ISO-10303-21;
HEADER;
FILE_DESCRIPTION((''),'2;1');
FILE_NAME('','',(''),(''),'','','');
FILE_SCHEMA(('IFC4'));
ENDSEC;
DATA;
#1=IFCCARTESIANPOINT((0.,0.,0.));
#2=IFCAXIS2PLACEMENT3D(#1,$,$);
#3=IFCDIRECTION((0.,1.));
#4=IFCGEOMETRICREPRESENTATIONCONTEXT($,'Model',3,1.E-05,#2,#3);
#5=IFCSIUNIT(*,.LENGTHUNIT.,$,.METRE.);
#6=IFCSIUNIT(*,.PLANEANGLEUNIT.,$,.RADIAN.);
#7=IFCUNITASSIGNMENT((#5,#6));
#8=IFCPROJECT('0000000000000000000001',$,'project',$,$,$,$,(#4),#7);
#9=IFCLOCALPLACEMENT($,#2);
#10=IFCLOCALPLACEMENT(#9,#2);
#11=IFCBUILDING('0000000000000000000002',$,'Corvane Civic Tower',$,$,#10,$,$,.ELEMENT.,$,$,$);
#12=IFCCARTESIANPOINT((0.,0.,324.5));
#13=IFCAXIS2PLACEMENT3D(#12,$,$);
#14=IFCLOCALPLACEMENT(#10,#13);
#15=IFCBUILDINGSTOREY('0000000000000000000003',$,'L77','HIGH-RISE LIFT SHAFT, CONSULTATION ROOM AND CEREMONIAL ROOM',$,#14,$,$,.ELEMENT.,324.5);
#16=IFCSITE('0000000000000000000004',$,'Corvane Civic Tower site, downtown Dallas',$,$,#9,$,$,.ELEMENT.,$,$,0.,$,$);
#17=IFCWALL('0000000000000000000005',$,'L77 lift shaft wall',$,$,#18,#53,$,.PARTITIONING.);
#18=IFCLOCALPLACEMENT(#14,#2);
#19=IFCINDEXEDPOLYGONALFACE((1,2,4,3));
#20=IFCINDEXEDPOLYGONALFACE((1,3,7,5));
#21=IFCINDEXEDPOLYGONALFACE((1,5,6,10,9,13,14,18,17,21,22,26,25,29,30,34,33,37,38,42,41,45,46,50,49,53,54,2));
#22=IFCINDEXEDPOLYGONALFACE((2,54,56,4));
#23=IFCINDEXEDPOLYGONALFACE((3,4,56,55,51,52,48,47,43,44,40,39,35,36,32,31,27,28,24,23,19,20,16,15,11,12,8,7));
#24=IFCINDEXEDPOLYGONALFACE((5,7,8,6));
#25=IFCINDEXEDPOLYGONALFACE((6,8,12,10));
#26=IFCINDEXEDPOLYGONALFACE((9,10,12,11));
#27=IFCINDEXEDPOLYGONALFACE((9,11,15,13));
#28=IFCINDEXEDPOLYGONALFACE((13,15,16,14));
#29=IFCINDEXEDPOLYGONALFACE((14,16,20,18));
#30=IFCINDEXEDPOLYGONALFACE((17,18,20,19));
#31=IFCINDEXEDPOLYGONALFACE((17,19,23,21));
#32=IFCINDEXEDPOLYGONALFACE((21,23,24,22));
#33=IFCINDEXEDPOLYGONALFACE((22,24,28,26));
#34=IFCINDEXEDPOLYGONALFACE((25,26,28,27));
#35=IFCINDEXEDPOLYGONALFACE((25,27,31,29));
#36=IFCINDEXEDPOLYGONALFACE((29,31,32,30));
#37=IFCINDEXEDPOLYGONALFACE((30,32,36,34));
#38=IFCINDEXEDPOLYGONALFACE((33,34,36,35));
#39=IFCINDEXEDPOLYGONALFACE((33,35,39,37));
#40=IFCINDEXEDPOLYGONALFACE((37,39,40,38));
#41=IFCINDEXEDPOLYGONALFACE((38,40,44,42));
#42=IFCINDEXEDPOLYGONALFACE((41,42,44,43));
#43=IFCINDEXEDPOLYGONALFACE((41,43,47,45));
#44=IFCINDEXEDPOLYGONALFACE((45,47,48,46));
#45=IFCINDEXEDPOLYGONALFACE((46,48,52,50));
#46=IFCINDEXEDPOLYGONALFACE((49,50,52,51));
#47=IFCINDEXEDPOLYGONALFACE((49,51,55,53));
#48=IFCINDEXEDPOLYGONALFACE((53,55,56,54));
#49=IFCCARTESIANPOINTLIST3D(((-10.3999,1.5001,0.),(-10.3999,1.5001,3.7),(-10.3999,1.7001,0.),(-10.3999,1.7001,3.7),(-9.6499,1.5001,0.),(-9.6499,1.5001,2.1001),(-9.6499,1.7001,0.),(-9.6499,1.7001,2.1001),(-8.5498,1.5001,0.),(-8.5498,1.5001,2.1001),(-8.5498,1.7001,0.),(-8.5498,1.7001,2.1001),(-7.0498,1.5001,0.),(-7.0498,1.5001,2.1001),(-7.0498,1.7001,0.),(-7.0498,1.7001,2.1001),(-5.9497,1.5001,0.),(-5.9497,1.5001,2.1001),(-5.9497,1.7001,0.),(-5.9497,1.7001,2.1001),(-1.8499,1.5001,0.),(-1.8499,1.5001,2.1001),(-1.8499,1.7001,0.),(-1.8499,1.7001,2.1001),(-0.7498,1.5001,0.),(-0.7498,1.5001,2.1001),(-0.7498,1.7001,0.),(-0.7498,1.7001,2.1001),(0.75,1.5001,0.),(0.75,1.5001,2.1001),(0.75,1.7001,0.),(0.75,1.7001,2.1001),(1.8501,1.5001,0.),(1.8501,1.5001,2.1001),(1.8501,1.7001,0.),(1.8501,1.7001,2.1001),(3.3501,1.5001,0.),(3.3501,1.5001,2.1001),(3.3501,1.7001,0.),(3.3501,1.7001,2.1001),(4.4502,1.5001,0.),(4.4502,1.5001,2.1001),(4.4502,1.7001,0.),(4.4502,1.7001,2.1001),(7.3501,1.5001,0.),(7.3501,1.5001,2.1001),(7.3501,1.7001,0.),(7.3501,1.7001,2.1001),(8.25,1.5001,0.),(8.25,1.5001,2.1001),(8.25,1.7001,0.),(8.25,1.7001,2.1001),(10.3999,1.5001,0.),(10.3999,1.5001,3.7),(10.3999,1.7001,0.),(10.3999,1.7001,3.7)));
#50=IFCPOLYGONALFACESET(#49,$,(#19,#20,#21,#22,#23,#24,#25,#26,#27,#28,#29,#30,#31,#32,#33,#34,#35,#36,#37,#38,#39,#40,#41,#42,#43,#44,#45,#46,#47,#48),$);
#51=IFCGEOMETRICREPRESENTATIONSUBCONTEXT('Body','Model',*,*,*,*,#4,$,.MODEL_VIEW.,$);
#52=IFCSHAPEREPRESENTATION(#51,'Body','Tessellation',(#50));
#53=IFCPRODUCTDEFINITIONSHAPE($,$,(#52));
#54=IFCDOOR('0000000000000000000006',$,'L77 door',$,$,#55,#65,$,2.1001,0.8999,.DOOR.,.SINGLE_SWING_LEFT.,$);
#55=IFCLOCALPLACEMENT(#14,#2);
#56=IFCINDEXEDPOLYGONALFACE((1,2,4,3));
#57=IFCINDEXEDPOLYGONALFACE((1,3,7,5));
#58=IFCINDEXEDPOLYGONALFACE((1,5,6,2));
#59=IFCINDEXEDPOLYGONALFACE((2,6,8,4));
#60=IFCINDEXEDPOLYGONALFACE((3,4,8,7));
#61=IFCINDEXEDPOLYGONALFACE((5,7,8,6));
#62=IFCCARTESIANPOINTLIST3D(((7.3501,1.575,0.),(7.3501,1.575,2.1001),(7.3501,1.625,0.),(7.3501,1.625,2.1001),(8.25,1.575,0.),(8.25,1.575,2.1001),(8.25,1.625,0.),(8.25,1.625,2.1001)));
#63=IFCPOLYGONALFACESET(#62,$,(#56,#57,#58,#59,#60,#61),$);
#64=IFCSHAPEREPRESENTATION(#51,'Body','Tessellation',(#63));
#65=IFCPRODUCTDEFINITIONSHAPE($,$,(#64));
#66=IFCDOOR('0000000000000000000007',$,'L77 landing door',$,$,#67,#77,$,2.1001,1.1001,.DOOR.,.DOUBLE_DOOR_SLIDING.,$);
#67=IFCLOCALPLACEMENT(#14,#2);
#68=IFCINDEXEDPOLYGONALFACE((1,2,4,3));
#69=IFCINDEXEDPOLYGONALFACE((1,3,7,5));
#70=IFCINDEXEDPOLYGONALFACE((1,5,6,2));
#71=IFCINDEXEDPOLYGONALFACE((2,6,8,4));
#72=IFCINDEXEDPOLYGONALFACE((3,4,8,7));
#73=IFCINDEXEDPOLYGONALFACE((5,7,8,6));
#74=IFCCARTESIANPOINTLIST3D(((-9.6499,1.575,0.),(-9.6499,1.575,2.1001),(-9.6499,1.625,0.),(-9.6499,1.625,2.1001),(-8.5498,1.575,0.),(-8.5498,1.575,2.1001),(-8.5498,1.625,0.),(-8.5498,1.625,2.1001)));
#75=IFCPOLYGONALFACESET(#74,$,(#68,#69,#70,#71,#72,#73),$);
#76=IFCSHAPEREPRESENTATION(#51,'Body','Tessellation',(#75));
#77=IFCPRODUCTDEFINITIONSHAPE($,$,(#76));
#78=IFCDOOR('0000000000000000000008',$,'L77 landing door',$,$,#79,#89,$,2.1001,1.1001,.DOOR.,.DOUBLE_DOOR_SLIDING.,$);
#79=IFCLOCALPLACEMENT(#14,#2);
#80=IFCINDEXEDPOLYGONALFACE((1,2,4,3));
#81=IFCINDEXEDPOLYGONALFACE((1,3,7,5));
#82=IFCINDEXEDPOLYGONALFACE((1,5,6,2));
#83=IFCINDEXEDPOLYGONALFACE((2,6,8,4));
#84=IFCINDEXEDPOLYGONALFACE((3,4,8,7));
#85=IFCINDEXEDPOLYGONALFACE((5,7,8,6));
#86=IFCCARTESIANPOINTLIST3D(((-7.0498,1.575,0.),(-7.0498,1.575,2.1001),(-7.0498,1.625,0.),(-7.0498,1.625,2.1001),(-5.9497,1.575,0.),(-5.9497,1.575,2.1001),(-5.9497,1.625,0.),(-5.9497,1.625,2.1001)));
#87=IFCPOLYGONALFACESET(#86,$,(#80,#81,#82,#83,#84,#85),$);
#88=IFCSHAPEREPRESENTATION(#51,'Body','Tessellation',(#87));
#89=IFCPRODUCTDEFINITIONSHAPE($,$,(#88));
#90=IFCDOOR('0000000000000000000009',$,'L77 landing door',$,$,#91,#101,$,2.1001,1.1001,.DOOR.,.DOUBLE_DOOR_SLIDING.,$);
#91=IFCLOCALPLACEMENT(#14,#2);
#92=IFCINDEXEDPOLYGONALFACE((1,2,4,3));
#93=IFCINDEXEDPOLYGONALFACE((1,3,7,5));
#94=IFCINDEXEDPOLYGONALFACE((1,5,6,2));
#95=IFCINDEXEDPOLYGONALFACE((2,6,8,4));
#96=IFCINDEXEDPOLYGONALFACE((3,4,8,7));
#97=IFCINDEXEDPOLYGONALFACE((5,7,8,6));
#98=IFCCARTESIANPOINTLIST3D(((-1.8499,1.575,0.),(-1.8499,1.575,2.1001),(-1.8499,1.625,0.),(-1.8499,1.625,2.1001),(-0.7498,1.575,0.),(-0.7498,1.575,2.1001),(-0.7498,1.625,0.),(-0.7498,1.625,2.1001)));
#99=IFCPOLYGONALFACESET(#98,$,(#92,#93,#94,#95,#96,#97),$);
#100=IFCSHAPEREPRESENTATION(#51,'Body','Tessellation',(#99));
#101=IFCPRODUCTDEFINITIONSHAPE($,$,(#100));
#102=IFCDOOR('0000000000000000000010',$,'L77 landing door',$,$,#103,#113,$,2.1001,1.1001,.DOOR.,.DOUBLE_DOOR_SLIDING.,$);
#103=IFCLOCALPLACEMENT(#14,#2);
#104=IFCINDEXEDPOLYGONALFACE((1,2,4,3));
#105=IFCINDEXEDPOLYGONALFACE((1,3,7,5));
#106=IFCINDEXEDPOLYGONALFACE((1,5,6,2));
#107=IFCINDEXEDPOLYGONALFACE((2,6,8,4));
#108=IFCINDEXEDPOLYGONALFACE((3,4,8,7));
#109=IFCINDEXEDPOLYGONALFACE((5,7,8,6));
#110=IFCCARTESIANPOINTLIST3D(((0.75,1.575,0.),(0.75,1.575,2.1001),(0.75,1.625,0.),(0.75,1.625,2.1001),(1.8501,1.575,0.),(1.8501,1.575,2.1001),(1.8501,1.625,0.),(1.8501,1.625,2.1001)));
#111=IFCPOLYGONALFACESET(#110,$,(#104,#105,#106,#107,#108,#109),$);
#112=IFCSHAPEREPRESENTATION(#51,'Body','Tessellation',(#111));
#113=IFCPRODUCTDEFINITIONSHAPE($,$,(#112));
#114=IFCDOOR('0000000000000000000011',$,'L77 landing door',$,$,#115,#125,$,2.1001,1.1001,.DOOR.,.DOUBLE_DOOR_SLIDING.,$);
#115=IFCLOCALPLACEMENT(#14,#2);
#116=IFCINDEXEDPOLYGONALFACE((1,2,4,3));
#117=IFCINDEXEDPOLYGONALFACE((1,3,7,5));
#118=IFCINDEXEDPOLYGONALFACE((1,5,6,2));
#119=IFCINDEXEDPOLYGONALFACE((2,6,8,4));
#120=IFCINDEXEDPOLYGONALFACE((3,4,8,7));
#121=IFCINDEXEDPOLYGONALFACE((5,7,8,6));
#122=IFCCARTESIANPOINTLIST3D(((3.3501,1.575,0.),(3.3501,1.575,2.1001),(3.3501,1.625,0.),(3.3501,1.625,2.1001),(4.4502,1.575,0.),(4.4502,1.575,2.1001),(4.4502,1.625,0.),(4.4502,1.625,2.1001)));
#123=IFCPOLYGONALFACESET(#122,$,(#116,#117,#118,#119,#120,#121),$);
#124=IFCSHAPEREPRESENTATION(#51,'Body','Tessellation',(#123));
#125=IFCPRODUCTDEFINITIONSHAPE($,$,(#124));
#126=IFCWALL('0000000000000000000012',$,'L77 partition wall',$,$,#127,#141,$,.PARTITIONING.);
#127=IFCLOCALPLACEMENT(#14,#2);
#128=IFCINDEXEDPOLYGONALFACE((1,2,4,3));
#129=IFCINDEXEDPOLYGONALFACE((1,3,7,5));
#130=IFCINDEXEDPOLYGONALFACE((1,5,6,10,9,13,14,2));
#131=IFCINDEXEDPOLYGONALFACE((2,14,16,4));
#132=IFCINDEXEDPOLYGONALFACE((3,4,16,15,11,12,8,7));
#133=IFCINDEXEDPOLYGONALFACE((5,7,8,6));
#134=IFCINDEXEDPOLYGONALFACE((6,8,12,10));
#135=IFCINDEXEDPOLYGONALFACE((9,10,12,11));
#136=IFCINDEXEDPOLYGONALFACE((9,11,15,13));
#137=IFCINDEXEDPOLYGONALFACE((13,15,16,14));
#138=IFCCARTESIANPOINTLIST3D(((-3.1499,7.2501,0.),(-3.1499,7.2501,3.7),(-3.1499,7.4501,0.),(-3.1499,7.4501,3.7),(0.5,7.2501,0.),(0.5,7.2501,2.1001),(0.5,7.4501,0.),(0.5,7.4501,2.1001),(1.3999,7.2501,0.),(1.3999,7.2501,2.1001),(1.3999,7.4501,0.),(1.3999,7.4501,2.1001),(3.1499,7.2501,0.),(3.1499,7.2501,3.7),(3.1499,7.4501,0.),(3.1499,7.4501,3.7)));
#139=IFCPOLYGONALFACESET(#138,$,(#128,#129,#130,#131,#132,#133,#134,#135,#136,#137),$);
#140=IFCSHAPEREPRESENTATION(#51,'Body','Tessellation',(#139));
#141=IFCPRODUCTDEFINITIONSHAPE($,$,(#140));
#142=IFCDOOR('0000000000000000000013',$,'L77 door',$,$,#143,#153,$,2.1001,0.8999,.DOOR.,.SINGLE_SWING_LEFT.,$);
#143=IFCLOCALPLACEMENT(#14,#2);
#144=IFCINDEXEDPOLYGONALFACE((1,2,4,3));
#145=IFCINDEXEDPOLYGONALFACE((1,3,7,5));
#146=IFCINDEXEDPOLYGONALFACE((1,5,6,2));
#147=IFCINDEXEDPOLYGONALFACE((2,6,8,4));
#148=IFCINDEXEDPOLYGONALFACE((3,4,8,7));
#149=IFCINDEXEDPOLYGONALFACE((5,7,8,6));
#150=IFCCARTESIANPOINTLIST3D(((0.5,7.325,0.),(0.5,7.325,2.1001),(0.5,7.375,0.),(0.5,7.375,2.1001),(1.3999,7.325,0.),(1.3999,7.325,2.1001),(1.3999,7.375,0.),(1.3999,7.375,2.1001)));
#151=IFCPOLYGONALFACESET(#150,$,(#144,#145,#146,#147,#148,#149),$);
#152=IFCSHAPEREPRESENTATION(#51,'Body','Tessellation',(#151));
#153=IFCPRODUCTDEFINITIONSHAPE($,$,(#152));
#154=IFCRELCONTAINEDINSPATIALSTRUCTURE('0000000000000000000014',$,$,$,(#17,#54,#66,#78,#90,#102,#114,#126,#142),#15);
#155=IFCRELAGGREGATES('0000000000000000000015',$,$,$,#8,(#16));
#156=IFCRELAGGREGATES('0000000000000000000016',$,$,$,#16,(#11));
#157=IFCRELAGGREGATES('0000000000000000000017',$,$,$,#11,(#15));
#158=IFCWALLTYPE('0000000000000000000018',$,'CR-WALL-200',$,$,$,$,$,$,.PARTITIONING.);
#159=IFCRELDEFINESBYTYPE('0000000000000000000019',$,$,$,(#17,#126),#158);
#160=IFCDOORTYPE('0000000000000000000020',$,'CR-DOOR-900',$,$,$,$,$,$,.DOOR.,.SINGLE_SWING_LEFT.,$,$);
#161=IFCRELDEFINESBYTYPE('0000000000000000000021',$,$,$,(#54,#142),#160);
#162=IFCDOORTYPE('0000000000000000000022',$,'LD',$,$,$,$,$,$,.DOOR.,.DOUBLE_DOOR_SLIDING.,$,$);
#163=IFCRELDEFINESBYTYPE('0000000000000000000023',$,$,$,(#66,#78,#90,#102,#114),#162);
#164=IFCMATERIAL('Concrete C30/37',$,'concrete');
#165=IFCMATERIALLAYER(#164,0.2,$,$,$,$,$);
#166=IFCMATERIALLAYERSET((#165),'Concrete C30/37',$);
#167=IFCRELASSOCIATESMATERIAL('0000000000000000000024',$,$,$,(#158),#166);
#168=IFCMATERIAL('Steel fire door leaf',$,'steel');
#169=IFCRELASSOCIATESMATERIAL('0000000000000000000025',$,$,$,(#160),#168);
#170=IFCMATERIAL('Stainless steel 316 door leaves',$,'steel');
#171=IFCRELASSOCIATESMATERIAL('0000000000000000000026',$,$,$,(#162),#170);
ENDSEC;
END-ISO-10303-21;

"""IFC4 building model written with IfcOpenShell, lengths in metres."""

from ifc_helpers import new_model, si_unit, direction, frame, frame_2d, origin, place, context, subcontext, project, spatial, rectangle, extrude, material, layer, layer_set, type_object, element, fill, save


model = new_model("IFC4")

# Units and contexts
model_context = context("Model", 3, precision=1e-05, world=origin(), true_north=direction((0.0, 1.0)))
body_context = subcontext(model_context, "Body", "Model", "MODEL_VIEW")
ifc_project = project(units=[si_unit("LENGTHUNIT", "METRE"), si_unit("PLANEANGLEUNIT", "RADIAN")], contexts=[model_context])

# Site, building, storey
site_placement = place(None, origin())
site = spatial("IfcSite", under=ifc_project, at=site_placement, Name="Corvane Civic Tower site, downtown Dallas", CompositionType="ELEMENT", RefElevation=0.0)
building_placement = place(site_placement, origin())
building = spatial("IfcBuilding", under=site, at=building_placement, Name="Corvane Civic Tower", CompositionType="ELEMENT")
storey_placement = place(building_placement, frame((0.0, 0.0, 324.5)))
storey = spatial("IfcBuildingStorey", under=building, at=storey_placement, Name="L77", Description="HIGH-RISE LIFT SHAFT, CONSULTATION ROOM AND CEREMONIAL ROOM", CompositionType="ELEMENT", Elevation=324.5)

# Wall, openings, doors
ifc_material_1 = material(Name="Concrete C30/37", Category="concrete")
ifc_layer_1 = layer(ifc_material_1, 0.2)
ifc_layer_set_1 = layer_set([ifc_layer_1], Name="Concrete C30/37")
wall_type_1 = type_object("IfcWallType", Name="CR-WALL-200", PredefinedType="PARTITIONING", material=ifc_layer_set_1)
wall_1_placement = place(storey_placement, frame((-10.3999, 1.6001, 0.0), z_axis=(0.0, 0.0, 1.0), x_axis=(1.0, 0.0, 0.0)))
wall_1 = element("IfcWall", 1, at=wall_1_placement, inside=storey, type_object=wall_type_1, Name="L77 lift shaft wall", PredefinedType="PARTITIONING", context=body_context, shape_type="SweptSolid", body=[
    extrude(rectangle(XDim=20.7998, YDim=0.2, at=frame_2d((10.3999, 0.0))), origin(), (0.0, 0.0, 1.0), 3.7),
])
opening_1_placement = place(wall_1_placement, frame((0.75, 0.0, 0.0)))
opening_1 = element("IfcOpeningElement", 2, at=opening_1_placement, cuts=wall_1, PredefinedType="OPENING", context=body_context, shape_type="SweptSolid", body=[
    extrude(rectangle(XDim=1.1001, YDim=2.1001, at=frame_2d((0.55, 1.05))), frame((0.0, 0.1099, 0.0), z_axis=(0.0, -1.0, 0.0), x_axis=(1.0, 0.0, 0.0)), (0.0, 0.0, 1.0), 0.22),
])
opening_2_placement = place(wall_1_placement, frame((3.3501, 0.0, 0.0)))
opening_2 = element("IfcOpeningElement", 3, at=opening_2_placement, cuts=wall_1, PredefinedType="OPENING", context=body_context, shape_type="SweptSolid", body=[
    extrude(rectangle(XDim=1.1001, YDim=2.1001, at=frame_2d((0.55, 1.05))), frame((0.0, 0.1099, 0.0), z_axis=(0.0, -1.0, 0.0), x_axis=(1.0, 0.0, 0.0)), (0.0, 0.0, 1.0), 0.22),
])
opening_3_placement = place(wall_1_placement, frame((8.55, 0.0, 0.0)))
opening_3 = element("IfcOpeningElement", 4, at=opening_3_placement, cuts=wall_1, PredefinedType="OPENING", context=body_context, shape_type="SweptSolid", body=[
    extrude(rectangle(XDim=1.1001, YDim=2.1001, at=frame_2d((0.55, 1.05))), frame((0.0, 0.1099, 0.0), z_axis=(0.0, -1.0, 0.0), x_axis=(1.0, 0.0, 0.0)), (0.0, 0.0, 1.0), 0.22),
])
opening_4_placement = place(wall_1_placement, frame((11.1499, 0.0, 0.0)))
opening_4 = element("IfcOpeningElement", 5, at=opening_4_placement, cuts=wall_1, PredefinedType="OPENING", context=body_context, shape_type="SweptSolid", body=[
    extrude(rectangle(XDim=1.1001, YDim=2.1001, at=frame_2d((0.55, 1.05))), frame((0.0, 0.1099, 0.0), z_axis=(0.0, -1.0, 0.0), x_axis=(1.0, 0.0, 0.0)), (0.0, 0.0, 1.0), 0.22),
])
opening_5_placement = place(wall_1_placement, frame((13.75, 0.0, 0.0)))
opening_5 = element("IfcOpeningElement", 6, at=opening_5_placement, cuts=wall_1, PredefinedType="OPENING", context=body_context, shape_type="SweptSolid", body=[
    extrude(rectangle(XDim=1.1001, YDim=2.1001, at=frame_2d((0.55, 1.05))), frame((0.0, 0.1099, 0.0), z_axis=(0.0, -1.0, 0.0), x_axis=(1.0, 0.0, 0.0)), (0.0, 0.0, 1.0), 0.22),
])
opening_6_placement = place(wall_1_placement, frame((17.75, 0.0, 0.0)))
opening_6 = element("IfcOpeningElement", 7, at=opening_6_placement, cuts=wall_1, PredefinedType="OPENING", context=body_context, shape_type="SweptSolid", body=[
    extrude(rectangle(XDim=0.8999, YDim=2.1001, at=frame_2d((0.45, 1.05))), frame((0.0, 0.1099, 0.0), z_axis=(0.0, -1.0, 0.0), x_axis=(1.0, 0.0, 0.0)), (0.0, 0.0, 1.0), 0.22),
])
ifc_material_2 = material(Name="Steel fire door leaf", Category="steel")
door_type_1 = type_object("IfcDoorType", Name="CR-DOOR-900", OperationType="SINGLE_SWING_LEFT", PredefinedType="DOOR", material=ifc_material_2)
door_1_placement = place(opening_6_placement, origin())
door_1 = element("IfcDoor", 8, at=door_1_placement, inside=storey, type_object=door_type_1, Name="L77 door", OperationType="SINGLE_SWING_LEFT", OverallHeight=2.1001, OverallWidth=0.8999, PredefinedType="DOOR", context=body_context, shape_type="SweptSolid", body=[
    extrude(rectangle(XDim=0.8999, YDim=2.1001, at=frame_2d((0.45, 1.05))), frame((0.0, 0.0249, 0.0), z_axis=(0.0, -1.0, 0.0), x_axis=(1.0, 0.0, 0.0)), (0.0, 0.0, 1.0), 0.05),
])
fill(opening_6, door_1)
ifc_material_3 = material(Name="Stainless steel 316 door leaves", Category="steel")
door_type_2 = type_object("IfcDoorType", Name="LD", OperationType="DOUBLE_DOOR_SLIDING", PredefinedType="DOOR", material=ifc_material_3)
door_2_placement = place(opening_1_placement, origin())
door_2 = element("IfcDoor", 9, at=door_2_placement, inside=storey, type_object=door_type_2, Name="L77 landing door", OperationType="DOUBLE_DOOR_SLIDING", OverallHeight=2.1001, OverallWidth=1.1001, PredefinedType="DOOR", context=body_context, shape_type="SweptSolid", body=[
    extrude(rectangle(XDim=1.1001, YDim=2.1001, at=frame_2d((0.55, 1.05))), frame((0.0, 0.0249, 0.0), z_axis=(0.0, -1.0, 0.0), x_axis=(1.0, 0.0, 0.0)), (0.0, 0.0, 1.0), 0.05),
])
fill(opening_1, door_2)
door_3_placement = place(opening_2_placement, origin())
door_3 = element("IfcDoor", 10, at=door_3_placement, inside=storey, type_object=door_type_2, Name="L77 landing door", OperationType="DOUBLE_DOOR_SLIDING", OverallHeight=2.1001, OverallWidth=1.1001, PredefinedType="DOOR", context=body_context, shape_type="SweptSolid", body=[
    extrude(rectangle(XDim=1.1001, YDim=2.1001, at=frame_2d((0.55, 1.05))), frame((0.0, 0.0249, 0.0), z_axis=(0.0, -1.0, 0.0), x_axis=(1.0, 0.0, 0.0)), (0.0, 0.0, 1.0), 0.05),
])
fill(opening_2, door_3)
door_4_placement = place(opening_3_placement, origin())
door_4 = element("IfcDoor", 11, at=door_4_placement, inside=storey, type_object=door_type_2, Name="L77 landing door", OperationType="DOUBLE_DOOR_SLIDING", OverallHeight=2.1001, OverallWidth=1.1001, PredefinedType="DOOR", context=body_context, shape_type="SweptSolid", body=[
    extrude(rectangle(XDim=1.1001, YDim=2.1001, at=frame_2d((0.55, 1.05))), frame((0.0, 0.0249, 0.0), z_axis=(0.0, -1.0, 0.0), x_axis=(1.0, 0.0, 0.0)), (0.0, 0.0, 1.0), 0.05),
])
fill(opening_3, door_4)
door_5_placement = place(opening_4_placement, origin())
door_5 = element("IfcDoor", 12, at=door_5_placement, inside=storey, type_object=door_type_2, Name="L77 landing door", OperationType="DOUBLE_DOOR_SLIDING", OverallHeight=2.1001, OverallWidth=1.1001, PredefinedType="DOOR", context=body_context, shape_type="SweptSolid", body=[
    extrude(rectangle(XDim=1.1001, YDim=2.1001, at=frame_2d((0.55, 1.05))), frame((0.0, 0.0249, 0.0), z_axis=(0.0, -1.0, 0.0), x_axis=(1.0, 0.0, 0.0)), (0.0, 0.0, 1.0), 0.05),
])
fill(opening_4, door_5)
door_6_placement = place(opening_5_placement, origin())
door_6 = element("IfcDoor", 13, at=door_6_placement, inside=storey, type_object=door_type_2, Name="L77 landing door", OperationType="DOUBLE_DOOR_SLIDING", OverallHeight=2.1001, OverallWidth=1.1001, PredefinedType="DOOR", context=body_context, shape_type="SweptSolid", body=[
    extrude(rectangle(XDim=1.1001, YDim=2.1001, at=frame_2d((0.55, 1.05))), frame((0.0, 0.0249, 0.0), z_axis=(0.0, -1.0, 0.0), x_axis=(1.0, 0.0, 0.0)), (0.0, 0.0, 1.0), 0.05),
])
fill(opening_5, door_6)

# Wall, opening, door
wall_2_placement = place(storey_placement, frame((-3.1499, 7.3501, 0.0), z_axis=(0.0, 0.0, 1.0), x_axis=(1.0, 0.0, 0.0)))
wall_2 = element("IfcWall", 14, at=wall_2_placement, inside=storey, type_object=wall_type_1, Name="L77 partition wall", PredefinedType="PARTITIONING", context=body_context, shape_type="SweptSolid", body=[
    extrude(rectangle(XDim=6.2998, YDim=0.2, at=frame_2d((3.1499, 0.0))), origin(), (0.0, 0.0, 1.0), 3.7),
])
opening_7_placement = place(wall_2_placement, frame((3.6499, 0.0, 0.0)))
opening_7 = element("IfcOpeningElement", 15, at=opening_7_placement, cuts=wall_2, PredefinedType="OPENING", context=body_context, shape_type="SweptSolid", body=[
    extrude(rectangle(XDim=0.8999, YDim=2.1001, at=frame_2d((0.45, 1.05))), frame((0.0, 0.1099, 0.0), z_axis=(0.0, -1.0, 0.0), x_axis=(1.0, 0.0, 0.0)), (0.0, 0.0, 1.0), 0.22),
])
door_7_placement = place(opening_7_placement, origin())
door_7 = element("IfcDoor", 16, at=door_7_placement, inside=storey, type_object=door_type_1, Name="L77 door", OperationType="SINGLE_SWING_LEFT", OverallHeight=2.1001, OverallWidth=0.8999, PredefinedType="DOOR", context=body_context, shape_type="SweptSolid", body=[
    extrude(rectangle(XDim=0.8999, YDim=2.1001, at=frame_2d((0.45, 1.05))), frame((0.0, 0.0249, 0.0), z_axis=(0.0, -1.0, 0.0), x_axis=(1.0, 0.0, 0.0)), (0.0, 0.0, 1.0), 0.05),
])
fill(opening_7, door_7)

save(model, "model.ifc")
